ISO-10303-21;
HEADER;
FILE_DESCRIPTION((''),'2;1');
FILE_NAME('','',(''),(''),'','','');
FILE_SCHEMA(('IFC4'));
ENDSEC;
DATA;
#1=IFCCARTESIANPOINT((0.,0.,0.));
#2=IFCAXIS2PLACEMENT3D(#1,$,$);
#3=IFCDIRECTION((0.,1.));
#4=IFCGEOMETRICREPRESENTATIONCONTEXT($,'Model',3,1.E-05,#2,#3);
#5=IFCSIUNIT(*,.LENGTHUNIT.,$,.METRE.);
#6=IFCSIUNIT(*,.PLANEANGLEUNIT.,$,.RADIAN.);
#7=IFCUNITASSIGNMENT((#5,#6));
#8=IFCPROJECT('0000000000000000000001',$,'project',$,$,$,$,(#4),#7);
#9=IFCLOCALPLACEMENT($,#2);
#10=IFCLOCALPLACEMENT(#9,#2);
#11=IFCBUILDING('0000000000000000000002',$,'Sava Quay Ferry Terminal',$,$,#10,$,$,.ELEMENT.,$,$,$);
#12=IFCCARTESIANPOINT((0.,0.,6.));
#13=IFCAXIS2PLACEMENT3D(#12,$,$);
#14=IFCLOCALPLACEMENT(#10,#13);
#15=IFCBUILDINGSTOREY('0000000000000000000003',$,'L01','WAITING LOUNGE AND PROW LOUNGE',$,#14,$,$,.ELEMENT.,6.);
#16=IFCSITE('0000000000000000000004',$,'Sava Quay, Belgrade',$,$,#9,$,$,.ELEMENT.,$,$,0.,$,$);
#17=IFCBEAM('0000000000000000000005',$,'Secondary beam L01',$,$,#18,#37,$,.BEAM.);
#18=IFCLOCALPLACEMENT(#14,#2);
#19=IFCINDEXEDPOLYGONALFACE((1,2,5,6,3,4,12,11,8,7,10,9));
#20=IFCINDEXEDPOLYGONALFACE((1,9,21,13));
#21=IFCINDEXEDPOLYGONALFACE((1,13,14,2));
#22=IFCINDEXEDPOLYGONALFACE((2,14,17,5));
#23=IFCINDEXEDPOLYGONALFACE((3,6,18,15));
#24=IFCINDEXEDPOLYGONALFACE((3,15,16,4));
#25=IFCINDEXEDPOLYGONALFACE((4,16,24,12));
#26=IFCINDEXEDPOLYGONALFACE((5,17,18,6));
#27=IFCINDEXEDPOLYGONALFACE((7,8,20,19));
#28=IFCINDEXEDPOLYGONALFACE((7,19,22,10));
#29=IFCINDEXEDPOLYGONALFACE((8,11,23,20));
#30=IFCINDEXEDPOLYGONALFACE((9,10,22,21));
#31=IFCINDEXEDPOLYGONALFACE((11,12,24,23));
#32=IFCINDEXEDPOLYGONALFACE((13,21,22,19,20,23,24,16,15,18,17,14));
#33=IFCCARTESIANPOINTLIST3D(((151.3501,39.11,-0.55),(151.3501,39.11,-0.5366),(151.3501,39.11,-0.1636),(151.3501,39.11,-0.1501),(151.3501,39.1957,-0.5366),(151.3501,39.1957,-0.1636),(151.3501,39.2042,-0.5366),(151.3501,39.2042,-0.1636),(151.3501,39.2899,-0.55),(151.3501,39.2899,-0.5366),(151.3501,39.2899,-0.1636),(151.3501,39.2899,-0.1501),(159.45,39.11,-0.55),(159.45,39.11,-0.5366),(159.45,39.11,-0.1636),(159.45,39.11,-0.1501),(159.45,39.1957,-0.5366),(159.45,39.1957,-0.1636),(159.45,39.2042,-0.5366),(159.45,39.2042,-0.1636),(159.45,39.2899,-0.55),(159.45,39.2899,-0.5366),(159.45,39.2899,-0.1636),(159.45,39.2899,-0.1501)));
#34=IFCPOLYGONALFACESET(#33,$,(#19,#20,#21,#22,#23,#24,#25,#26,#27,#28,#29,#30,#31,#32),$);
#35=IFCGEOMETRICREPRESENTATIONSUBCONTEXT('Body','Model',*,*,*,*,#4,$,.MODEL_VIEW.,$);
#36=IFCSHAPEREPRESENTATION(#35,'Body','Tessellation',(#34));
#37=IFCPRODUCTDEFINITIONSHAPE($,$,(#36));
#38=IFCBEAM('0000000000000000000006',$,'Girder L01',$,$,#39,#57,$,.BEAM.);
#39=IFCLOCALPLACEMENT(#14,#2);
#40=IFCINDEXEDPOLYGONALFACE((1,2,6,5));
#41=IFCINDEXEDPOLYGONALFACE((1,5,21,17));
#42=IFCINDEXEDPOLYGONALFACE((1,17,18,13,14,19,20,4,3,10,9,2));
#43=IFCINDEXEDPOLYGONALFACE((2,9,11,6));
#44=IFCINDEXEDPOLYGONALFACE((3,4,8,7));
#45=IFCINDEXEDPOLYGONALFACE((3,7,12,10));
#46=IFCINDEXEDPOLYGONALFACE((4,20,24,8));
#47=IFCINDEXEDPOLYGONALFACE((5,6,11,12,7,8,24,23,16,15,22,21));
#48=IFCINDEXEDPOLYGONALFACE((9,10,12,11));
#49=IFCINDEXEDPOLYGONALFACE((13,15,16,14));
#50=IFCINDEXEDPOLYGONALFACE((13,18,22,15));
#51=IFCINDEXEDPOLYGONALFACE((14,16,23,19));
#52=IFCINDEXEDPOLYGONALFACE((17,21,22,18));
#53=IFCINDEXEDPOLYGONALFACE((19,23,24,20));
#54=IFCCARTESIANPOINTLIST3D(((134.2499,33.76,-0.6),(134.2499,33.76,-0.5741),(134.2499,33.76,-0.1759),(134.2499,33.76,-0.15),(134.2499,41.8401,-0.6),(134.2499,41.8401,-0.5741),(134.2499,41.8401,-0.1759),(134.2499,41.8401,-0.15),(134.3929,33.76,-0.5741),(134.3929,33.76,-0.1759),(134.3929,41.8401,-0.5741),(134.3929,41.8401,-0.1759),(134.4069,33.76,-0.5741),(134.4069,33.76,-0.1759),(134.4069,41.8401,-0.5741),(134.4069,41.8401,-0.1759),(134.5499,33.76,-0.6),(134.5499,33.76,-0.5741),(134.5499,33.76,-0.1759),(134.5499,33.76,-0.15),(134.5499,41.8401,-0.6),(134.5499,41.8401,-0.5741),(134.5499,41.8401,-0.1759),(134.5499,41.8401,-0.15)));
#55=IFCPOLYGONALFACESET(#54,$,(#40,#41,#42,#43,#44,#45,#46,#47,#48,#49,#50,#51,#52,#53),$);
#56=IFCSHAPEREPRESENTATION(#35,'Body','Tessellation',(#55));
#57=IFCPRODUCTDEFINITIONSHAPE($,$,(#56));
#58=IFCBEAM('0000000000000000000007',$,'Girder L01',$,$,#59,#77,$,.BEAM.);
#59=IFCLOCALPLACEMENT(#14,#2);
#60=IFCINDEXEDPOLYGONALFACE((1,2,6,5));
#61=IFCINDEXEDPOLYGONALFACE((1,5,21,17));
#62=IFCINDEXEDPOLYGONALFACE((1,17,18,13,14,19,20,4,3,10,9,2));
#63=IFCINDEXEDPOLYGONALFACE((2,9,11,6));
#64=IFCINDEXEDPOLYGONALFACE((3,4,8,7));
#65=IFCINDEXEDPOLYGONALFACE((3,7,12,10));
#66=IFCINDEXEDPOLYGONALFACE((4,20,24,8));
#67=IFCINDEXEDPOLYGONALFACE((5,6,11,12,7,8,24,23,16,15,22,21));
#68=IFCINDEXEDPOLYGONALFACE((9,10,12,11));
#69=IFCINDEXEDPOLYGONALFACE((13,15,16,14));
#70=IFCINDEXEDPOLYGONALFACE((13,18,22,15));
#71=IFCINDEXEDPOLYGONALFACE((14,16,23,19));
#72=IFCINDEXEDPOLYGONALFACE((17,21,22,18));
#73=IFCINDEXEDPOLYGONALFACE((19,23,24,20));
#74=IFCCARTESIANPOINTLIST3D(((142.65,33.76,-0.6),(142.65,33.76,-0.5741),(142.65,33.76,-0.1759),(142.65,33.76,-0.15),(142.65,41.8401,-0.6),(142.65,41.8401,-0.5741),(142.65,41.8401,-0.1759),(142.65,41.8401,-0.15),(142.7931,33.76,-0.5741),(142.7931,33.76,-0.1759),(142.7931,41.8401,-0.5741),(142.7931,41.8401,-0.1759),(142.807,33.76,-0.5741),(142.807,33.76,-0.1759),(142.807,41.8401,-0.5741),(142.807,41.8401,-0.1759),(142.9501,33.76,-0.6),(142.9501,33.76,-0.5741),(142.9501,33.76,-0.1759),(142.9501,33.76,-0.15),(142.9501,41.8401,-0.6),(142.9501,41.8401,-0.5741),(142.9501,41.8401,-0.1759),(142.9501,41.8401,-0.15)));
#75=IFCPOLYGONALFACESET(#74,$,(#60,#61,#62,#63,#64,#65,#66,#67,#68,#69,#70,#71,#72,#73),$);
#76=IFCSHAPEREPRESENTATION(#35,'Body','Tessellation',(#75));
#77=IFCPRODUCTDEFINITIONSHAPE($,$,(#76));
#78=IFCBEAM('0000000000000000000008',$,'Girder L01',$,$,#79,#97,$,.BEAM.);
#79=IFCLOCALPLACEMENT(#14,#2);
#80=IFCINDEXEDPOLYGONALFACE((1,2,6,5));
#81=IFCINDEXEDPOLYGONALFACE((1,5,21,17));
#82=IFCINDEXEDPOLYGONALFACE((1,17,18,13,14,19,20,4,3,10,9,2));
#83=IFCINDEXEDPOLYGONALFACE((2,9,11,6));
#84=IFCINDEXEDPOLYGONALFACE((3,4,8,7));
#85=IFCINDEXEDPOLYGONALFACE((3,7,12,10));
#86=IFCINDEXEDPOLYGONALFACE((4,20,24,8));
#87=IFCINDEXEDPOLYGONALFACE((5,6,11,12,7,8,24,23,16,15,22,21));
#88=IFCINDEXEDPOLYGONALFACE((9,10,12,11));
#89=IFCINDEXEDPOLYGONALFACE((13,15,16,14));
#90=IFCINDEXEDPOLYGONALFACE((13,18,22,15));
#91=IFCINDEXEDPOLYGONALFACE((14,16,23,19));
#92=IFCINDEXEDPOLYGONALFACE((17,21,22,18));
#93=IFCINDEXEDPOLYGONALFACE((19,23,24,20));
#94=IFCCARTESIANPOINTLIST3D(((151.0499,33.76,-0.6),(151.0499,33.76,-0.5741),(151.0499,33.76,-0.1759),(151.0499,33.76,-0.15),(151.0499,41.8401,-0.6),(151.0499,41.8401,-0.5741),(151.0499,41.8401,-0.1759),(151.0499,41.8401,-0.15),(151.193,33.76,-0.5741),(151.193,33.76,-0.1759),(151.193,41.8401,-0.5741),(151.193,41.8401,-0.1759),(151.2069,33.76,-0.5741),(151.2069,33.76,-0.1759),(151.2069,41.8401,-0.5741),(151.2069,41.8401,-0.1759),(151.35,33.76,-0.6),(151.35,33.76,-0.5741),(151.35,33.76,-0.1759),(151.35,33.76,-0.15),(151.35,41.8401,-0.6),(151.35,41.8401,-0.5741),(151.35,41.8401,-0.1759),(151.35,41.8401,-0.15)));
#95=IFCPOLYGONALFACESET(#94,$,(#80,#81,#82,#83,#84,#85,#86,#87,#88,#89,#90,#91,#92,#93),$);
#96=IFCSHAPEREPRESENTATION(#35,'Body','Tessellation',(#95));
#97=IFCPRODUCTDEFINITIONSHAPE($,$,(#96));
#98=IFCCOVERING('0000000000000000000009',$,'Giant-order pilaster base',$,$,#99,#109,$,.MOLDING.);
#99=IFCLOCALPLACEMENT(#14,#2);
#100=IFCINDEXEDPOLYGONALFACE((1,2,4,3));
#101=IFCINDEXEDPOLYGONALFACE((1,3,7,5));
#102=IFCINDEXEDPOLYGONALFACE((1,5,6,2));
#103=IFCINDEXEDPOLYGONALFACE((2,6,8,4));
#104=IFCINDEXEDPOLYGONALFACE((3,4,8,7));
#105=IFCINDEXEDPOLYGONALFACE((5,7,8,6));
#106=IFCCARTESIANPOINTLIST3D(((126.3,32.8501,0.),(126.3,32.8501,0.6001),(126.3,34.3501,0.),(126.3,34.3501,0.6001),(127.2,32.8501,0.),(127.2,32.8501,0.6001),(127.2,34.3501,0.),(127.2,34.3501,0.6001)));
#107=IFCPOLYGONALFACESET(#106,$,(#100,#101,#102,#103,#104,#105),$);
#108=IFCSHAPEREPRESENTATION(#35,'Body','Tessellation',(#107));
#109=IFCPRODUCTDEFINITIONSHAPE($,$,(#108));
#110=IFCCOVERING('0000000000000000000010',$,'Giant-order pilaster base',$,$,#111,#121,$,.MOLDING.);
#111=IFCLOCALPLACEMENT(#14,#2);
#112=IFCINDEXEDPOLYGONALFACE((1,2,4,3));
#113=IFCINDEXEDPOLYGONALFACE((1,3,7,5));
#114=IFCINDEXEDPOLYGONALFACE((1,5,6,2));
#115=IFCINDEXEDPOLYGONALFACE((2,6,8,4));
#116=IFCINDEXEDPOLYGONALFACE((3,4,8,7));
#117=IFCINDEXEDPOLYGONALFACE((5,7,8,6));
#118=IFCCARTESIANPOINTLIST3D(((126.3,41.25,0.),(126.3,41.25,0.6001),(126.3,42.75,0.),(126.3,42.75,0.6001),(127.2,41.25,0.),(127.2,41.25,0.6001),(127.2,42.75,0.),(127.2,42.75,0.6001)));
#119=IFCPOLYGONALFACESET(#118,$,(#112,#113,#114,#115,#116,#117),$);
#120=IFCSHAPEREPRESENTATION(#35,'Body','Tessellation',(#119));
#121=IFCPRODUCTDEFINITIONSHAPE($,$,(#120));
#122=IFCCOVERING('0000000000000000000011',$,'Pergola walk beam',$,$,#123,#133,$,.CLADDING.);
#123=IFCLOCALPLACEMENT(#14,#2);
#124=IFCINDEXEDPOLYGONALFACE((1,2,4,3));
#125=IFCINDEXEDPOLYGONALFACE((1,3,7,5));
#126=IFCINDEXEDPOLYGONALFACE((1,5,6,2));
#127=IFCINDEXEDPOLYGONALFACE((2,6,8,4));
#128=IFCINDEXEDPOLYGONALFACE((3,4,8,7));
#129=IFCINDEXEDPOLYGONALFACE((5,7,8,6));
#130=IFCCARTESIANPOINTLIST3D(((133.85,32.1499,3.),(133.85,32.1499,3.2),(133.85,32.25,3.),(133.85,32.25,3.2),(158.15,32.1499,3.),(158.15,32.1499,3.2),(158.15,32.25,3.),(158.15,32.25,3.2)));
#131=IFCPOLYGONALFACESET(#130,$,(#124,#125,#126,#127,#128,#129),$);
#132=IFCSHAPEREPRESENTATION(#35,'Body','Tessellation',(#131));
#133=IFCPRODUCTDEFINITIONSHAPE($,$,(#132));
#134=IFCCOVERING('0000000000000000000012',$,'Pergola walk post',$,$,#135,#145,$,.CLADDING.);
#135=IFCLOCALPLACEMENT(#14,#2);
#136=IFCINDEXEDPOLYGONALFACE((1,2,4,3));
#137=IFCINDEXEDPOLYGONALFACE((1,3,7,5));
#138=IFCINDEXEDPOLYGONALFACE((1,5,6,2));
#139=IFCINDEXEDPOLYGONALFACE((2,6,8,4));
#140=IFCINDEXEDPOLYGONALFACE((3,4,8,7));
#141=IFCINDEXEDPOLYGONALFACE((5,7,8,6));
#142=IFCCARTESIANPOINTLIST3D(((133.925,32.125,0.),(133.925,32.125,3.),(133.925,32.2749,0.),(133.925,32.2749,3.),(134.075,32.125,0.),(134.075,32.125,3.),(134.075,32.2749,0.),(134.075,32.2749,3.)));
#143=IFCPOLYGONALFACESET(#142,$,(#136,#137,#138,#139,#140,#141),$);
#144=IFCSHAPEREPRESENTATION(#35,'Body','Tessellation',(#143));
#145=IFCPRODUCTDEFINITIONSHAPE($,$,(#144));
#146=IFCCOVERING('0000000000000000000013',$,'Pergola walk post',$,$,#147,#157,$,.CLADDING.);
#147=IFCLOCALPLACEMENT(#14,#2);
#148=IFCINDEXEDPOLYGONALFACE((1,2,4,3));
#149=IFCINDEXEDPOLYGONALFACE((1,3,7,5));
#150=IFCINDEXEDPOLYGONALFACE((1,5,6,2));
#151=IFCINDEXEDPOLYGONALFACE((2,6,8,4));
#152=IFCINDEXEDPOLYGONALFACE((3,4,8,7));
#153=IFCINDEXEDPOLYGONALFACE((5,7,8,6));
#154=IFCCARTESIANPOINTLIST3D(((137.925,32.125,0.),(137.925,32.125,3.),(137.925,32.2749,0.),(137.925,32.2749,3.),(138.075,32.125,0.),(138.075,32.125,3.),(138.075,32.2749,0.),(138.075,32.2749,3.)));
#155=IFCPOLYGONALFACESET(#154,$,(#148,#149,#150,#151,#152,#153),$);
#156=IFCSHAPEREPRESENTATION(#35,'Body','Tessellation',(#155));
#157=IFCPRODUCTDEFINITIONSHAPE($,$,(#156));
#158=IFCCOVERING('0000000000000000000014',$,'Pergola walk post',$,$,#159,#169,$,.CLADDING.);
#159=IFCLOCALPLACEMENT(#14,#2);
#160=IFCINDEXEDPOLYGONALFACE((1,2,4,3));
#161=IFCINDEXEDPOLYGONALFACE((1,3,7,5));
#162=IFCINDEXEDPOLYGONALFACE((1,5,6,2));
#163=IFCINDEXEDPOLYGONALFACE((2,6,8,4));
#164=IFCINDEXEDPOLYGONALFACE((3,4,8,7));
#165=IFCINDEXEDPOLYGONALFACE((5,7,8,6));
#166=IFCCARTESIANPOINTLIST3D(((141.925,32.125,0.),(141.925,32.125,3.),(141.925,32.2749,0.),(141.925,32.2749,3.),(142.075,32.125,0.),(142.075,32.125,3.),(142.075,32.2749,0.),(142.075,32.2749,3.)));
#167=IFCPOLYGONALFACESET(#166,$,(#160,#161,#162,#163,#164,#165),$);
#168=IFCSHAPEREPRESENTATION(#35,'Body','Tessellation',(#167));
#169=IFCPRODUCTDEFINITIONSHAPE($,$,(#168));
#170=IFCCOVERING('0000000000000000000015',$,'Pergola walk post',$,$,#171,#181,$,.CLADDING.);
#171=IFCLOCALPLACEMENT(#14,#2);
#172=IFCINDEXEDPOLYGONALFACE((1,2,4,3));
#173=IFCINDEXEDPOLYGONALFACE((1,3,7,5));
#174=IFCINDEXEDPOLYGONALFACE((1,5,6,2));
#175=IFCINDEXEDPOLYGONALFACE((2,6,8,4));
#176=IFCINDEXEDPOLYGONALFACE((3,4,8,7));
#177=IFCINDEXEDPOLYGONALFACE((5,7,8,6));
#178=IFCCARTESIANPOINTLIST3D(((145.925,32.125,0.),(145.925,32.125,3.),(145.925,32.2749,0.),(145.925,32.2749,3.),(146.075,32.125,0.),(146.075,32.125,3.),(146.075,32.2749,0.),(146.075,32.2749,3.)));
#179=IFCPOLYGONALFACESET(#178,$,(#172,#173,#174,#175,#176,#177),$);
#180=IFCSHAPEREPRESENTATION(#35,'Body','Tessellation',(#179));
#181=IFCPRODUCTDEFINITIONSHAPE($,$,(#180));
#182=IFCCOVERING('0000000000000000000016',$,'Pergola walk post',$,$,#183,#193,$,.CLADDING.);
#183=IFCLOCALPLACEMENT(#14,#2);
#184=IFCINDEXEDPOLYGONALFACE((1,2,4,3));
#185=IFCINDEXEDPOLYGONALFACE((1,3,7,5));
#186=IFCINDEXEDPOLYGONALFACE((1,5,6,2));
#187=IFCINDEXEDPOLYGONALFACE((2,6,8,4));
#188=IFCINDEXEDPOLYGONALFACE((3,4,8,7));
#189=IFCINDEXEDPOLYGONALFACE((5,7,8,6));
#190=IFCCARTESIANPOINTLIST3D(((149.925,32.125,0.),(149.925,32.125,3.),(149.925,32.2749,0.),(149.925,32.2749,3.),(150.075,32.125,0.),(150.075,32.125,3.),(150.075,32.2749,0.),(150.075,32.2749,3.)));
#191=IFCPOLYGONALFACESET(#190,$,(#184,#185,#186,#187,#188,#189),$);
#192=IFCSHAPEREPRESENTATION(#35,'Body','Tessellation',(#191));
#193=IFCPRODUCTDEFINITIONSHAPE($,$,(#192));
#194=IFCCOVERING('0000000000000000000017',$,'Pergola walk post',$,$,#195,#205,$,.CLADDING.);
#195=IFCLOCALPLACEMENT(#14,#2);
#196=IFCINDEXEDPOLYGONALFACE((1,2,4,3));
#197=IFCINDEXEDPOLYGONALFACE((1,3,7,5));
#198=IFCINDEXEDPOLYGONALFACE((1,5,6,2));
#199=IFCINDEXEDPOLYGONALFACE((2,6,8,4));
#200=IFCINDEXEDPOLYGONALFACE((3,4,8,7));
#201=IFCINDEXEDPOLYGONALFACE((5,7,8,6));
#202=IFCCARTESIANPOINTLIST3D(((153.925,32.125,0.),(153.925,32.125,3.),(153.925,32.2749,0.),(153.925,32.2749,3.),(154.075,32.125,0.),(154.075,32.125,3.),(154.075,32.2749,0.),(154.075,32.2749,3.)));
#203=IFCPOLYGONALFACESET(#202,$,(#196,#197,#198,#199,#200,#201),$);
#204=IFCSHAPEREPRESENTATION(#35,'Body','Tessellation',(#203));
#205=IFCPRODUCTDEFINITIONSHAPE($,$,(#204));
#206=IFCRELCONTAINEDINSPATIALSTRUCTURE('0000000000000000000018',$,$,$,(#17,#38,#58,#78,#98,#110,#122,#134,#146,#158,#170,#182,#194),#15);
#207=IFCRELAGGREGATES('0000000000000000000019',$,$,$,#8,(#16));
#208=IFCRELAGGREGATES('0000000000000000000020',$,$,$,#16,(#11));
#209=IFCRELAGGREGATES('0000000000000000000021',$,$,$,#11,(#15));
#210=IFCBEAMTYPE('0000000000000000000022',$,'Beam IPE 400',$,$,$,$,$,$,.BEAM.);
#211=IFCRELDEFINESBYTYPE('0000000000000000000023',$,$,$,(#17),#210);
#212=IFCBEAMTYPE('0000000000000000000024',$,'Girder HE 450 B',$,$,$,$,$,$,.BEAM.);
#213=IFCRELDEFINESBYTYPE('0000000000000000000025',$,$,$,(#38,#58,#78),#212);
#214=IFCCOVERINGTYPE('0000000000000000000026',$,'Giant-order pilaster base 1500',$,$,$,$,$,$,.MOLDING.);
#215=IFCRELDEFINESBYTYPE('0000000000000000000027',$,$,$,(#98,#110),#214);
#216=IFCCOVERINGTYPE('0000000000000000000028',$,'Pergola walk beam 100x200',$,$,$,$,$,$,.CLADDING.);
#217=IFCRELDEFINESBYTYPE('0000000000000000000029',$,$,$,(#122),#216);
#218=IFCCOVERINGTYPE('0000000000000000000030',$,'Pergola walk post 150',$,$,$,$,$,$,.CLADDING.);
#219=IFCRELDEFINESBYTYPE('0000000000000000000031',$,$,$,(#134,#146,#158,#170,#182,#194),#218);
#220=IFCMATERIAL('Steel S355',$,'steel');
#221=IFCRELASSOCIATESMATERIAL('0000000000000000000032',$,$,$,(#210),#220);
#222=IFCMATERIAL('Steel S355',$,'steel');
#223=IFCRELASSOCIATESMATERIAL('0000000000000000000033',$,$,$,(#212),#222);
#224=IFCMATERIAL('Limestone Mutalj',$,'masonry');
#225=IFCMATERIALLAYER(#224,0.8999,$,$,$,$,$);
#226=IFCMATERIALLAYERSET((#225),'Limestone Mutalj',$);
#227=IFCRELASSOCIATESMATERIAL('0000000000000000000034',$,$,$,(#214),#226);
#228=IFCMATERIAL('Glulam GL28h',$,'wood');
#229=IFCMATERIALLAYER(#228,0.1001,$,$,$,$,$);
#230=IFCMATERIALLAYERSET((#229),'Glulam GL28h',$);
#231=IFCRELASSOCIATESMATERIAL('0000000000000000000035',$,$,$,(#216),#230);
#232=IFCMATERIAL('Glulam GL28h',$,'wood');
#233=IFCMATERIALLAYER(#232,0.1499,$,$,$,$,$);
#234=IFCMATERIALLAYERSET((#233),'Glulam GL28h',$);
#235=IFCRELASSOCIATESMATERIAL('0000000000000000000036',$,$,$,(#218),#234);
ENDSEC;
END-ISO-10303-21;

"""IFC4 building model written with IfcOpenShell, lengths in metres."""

from ifc_helpers import new_model, si_unit, direction, frame, origin, origin_2d, place, context, subcontext, project, spatial, rectangle, i_section, extrude, material, layer, layer_set, material_profile, profile_set, type_object, element, save


model = new_model("IFC4")

# Units and contexts
model_context = context("Model", 3, precision=1e-05, world=origin(), true_north=direction((0.0, 1.0)))
body_context = subcontext(model_context, "Body", "Model", "MODEL_VIEW")
ifc_project = project(units=[si_unit("LENGTHUNIT", "METRE"), si_unit("PLANEANGLEUNIT", "RADIAN")], contexts=[model_context])

# Site, building, storey
site_placement = place(None, origin())
site = spatial("IfcSite", under=ifc_project, at=site_placement, Name="Sava Quay, Belgrade", CompositionType="ELEMENT", RefElevation=0.0)
building_placement = place(site_placement, origin())
building = spatial("IfcBuilding", under=site, at=building_placement, Name="Sava Quay Ferry Terminal", CompositionType="ELEMENT")
storey_placement = place(building_placement, frame((0.0, 0.0, 6.0)))
storey = spatial("IfcBuildingStorey", under=building, at=storey_placement, Name="L01", Description="WAITING LOUNGE AND PROW LOUNGE", CompositionType="ELEMENT", Elevation=6.0)

# Beams
ifc_material_1 = material(Name="Steel S355", Category="steel")
ifc_material_profile_1 = material_profile(ifc_material_1, i_section(OverallWidth=0.1799, OverallDepth=0.3999, WebThickness=0.0085, FlangeThickness=0.0134, at=origin_2d()), Name="IPE 400")
ifc_profile_set_1 = profile_set([ifc_material_profile_1], Name="Steel S355")
beam_type_1 = type_object("IfcBeamType", Name="Beam IPE 400", PredefinedType="BEAM", material=ifc_profile_set_1)
for number, where, z_axis, x_axis, name in (
    (1, (151.3501, 39.2, -0.3501), (1.0, 0.0, 0.0), (0.0, 1.0, 0.0), "Secondary beam L01"),
):
    element("IfcBeam", number, at=place(storey_placement, frame(where, z_axis=z_axis, x_axis=x_axis)), inside=storey, type_object=beam_type_1, Name=name, PredefinedType="BEAM", context=body_context, shape_type="SweptSolid", body=[
        extrude(i_section(OverallWidth=0.1799, OverallDepth=0.3999, WebThickness=0.0085, FlangeThickness=0.0134, at=origin_2d()), origin(), (0.0, 0.0, 1.0), 8.0999),
    ])
ifc_material_2 = material(Name="Steel S355", Category="steel")
ifc_material_profile_2 = material_profile(ifc_material_2, i_section(OverallWidth=0.3, OverallDepth=0.45, WebThickness=0.0139, FlangeThickness=0.0259, at=origin_2d()), Name="HE 450 B")
ifc_profile_set_2 = profile_set([ifc_material_profile_2], Name="Steel S355")
beam_type_2 = type_object("IfcBeamType", Name="Girder HE 450 B", PredefinedType="BEAM", material=ifc_profile_set_2)
for number, where, z_axis, x_axis, name in (
    (2, (134.3999, 33.76, -0.375), (0.0, 1.0, 0.0), (-1.0, 0.0, 0.0), "Girder L01"),
    (3, (142.8, 33.76, -0.375), (0.0, 1.0, 0.0), (-1.0, 0.0, 0.0), "Girder L01"),
    (4, (151.2, 33.76, -0.375), (0.0, 1.0, 0.0), (-1.0, 0.0, 0.0), "Girder L01"),
):
    element("IfcBeam", number, at=place(storey_placement, frame(where, z_axis=z_axis, x_axis=x_axis)), inside=storey, type_object=beam_type_2, Name=name, PredefinedType="BEAM", context=body_context, shape_type="SweptSolid", body=[
        extrude(i_section(OverallWidth=0.3, OverallDepth=0.45, WebThickness=0.0139, FlangeThickness=0.0259, at=origin_2d()), origin(), (0.0, 0.0, 1.0), 8.0801),
    ])

# Coverings
ifc_material_3 = material(Name="Limestone Mutalj", Category="masonry")
ifc_layer_1 = layer(ifc_material_3, 0.8999)
ifc_layer_set_1 = layer_set([ifc_layer_1], Name="Limestone Mutalj")
covering_type_1 = type_object("IfcCoveringType", Name="Giant-order pilaster base 1500", PredefinedType="MOLDING", material=ifc_layer_set_1)
for number, where, z_axis, x_axis, name in (
    (5, (126.75, 33.6001, 0.0), (0.0, 0.0, 1.0), (1.0, 0.0, 0.0), "Giant-order pilaster base"),
    (6, (126.75, 42.0, 0.0), (0.0, 0.0, 1.0), (1.0, 0.0, 0.0), "Giant-order pilaster base"),
):
    element("IfcCovering", number, at=place(storey_placement, frame(where, z_axis=z_axis, x_axis=x_axis)), inside=storey, type_object=covering_type_1, Name=name, PredefinedType="MOLDING", context=body_context, shape_type="SweptSolid", body=[
        extrude(rectangle(XDim=0.8999, YDim=1.5, at=origin_2d()), origin(), (0.0, 0.0, 1.0), 0.6001),
    ])
ifc_material_4 = material(Name="Glulam GL28h", Category="wood")
ifc_layer_2 = layer(ifc_material_4, 0.1001)
ifc_layer_set_2 = layer_set([ifc_layer_2], Name="Glulam GL28h")
covering_type_2 = type_object("IfcCoveringType", Name="Pergola walk beam 100x200", PredefinedType="CLADDING", material=ifc_layer_set_2)
covering_1_placement = place(storey_placement, frame((146.0, 32.2, 3.0), z_axis=(0.0, 0.0, 1.0), x_axis=(1.0, 0.0, 0.0)))
element("IfcCovering", 7, at=covering_1_placement, inside=storey, type_object=covering_type_2, Name="Pergola walk beam", PredefinedType="CLADDING", context=body_context, shape_type="SweptSolid", body=[
    extrude(rectangle(XDim=24.3, YDim=0.1001, at=origin_2d()), origin(), (0.0, 0.0, 1.0), 0.2),
])
ifc_material_5 = material(Name="Glulam GL28h", Category="wood")
ifc_layer_3 = layer(ifc_material_5, 0.1499)
ifc_layer_set_3 = layer_set([ifc_layer_3], Name="Glulam GL28h")
covering_type_3 = type_object("IfcCoveringType", Name="Pergola walk post 150", PredefinedType="CLADDING", material=ifc_layer_set_3)
for number, where, z_axis, x_axis, name in (
    (8, (134.0, 32.2, 0.0), (0.0, 0.0, 1.0), (1.0, 0.0, 0.0), "Pergola walk post"),
    (9, (138.0, 32.2, 0.0), (0.0, 0.0, 1.0), (1.0, 0.0, 0.0), "Pergola walk post"),
    (10, (142.0, 32.2, 0.0), (0.0, 0.0, 1.0), (1.0, 0.0, 0.0), "Pergola walk post"),
    (11, (146.0, 32.2, 0.0), (0.0, 0.0, 1.0), (1.0, 0.0, 0.0), "Pergola walk post"),
    (12, (150.0, 32.2, 0.0), (0.0, 0.0, 1.0), (1.0, 0.0, 0.0), "Pergola walk post"),
    (13, (154.0, 32.2, 0.0), (0.0, 0.0, 1.0), (1.0, 0.0, 0.0), "Pergola walk post"),
):
    element("IfcCovering", number, at=place(storey_placement, frame(where, z_axis=z_axis, x_axis=x_axis)), inside=storey, type_object=covering_type_3, Name=name, PredefinedType="CLADDING", context=body_context, shape_type="SweptSolid", body=[
        extrude(rectangle(XDim=0.1499, YDim=0.1499, at=origin_2d()), origin(), (0.0, 0.0, 1.0), 3.0),
    ])

save(model, "model.ifc")
